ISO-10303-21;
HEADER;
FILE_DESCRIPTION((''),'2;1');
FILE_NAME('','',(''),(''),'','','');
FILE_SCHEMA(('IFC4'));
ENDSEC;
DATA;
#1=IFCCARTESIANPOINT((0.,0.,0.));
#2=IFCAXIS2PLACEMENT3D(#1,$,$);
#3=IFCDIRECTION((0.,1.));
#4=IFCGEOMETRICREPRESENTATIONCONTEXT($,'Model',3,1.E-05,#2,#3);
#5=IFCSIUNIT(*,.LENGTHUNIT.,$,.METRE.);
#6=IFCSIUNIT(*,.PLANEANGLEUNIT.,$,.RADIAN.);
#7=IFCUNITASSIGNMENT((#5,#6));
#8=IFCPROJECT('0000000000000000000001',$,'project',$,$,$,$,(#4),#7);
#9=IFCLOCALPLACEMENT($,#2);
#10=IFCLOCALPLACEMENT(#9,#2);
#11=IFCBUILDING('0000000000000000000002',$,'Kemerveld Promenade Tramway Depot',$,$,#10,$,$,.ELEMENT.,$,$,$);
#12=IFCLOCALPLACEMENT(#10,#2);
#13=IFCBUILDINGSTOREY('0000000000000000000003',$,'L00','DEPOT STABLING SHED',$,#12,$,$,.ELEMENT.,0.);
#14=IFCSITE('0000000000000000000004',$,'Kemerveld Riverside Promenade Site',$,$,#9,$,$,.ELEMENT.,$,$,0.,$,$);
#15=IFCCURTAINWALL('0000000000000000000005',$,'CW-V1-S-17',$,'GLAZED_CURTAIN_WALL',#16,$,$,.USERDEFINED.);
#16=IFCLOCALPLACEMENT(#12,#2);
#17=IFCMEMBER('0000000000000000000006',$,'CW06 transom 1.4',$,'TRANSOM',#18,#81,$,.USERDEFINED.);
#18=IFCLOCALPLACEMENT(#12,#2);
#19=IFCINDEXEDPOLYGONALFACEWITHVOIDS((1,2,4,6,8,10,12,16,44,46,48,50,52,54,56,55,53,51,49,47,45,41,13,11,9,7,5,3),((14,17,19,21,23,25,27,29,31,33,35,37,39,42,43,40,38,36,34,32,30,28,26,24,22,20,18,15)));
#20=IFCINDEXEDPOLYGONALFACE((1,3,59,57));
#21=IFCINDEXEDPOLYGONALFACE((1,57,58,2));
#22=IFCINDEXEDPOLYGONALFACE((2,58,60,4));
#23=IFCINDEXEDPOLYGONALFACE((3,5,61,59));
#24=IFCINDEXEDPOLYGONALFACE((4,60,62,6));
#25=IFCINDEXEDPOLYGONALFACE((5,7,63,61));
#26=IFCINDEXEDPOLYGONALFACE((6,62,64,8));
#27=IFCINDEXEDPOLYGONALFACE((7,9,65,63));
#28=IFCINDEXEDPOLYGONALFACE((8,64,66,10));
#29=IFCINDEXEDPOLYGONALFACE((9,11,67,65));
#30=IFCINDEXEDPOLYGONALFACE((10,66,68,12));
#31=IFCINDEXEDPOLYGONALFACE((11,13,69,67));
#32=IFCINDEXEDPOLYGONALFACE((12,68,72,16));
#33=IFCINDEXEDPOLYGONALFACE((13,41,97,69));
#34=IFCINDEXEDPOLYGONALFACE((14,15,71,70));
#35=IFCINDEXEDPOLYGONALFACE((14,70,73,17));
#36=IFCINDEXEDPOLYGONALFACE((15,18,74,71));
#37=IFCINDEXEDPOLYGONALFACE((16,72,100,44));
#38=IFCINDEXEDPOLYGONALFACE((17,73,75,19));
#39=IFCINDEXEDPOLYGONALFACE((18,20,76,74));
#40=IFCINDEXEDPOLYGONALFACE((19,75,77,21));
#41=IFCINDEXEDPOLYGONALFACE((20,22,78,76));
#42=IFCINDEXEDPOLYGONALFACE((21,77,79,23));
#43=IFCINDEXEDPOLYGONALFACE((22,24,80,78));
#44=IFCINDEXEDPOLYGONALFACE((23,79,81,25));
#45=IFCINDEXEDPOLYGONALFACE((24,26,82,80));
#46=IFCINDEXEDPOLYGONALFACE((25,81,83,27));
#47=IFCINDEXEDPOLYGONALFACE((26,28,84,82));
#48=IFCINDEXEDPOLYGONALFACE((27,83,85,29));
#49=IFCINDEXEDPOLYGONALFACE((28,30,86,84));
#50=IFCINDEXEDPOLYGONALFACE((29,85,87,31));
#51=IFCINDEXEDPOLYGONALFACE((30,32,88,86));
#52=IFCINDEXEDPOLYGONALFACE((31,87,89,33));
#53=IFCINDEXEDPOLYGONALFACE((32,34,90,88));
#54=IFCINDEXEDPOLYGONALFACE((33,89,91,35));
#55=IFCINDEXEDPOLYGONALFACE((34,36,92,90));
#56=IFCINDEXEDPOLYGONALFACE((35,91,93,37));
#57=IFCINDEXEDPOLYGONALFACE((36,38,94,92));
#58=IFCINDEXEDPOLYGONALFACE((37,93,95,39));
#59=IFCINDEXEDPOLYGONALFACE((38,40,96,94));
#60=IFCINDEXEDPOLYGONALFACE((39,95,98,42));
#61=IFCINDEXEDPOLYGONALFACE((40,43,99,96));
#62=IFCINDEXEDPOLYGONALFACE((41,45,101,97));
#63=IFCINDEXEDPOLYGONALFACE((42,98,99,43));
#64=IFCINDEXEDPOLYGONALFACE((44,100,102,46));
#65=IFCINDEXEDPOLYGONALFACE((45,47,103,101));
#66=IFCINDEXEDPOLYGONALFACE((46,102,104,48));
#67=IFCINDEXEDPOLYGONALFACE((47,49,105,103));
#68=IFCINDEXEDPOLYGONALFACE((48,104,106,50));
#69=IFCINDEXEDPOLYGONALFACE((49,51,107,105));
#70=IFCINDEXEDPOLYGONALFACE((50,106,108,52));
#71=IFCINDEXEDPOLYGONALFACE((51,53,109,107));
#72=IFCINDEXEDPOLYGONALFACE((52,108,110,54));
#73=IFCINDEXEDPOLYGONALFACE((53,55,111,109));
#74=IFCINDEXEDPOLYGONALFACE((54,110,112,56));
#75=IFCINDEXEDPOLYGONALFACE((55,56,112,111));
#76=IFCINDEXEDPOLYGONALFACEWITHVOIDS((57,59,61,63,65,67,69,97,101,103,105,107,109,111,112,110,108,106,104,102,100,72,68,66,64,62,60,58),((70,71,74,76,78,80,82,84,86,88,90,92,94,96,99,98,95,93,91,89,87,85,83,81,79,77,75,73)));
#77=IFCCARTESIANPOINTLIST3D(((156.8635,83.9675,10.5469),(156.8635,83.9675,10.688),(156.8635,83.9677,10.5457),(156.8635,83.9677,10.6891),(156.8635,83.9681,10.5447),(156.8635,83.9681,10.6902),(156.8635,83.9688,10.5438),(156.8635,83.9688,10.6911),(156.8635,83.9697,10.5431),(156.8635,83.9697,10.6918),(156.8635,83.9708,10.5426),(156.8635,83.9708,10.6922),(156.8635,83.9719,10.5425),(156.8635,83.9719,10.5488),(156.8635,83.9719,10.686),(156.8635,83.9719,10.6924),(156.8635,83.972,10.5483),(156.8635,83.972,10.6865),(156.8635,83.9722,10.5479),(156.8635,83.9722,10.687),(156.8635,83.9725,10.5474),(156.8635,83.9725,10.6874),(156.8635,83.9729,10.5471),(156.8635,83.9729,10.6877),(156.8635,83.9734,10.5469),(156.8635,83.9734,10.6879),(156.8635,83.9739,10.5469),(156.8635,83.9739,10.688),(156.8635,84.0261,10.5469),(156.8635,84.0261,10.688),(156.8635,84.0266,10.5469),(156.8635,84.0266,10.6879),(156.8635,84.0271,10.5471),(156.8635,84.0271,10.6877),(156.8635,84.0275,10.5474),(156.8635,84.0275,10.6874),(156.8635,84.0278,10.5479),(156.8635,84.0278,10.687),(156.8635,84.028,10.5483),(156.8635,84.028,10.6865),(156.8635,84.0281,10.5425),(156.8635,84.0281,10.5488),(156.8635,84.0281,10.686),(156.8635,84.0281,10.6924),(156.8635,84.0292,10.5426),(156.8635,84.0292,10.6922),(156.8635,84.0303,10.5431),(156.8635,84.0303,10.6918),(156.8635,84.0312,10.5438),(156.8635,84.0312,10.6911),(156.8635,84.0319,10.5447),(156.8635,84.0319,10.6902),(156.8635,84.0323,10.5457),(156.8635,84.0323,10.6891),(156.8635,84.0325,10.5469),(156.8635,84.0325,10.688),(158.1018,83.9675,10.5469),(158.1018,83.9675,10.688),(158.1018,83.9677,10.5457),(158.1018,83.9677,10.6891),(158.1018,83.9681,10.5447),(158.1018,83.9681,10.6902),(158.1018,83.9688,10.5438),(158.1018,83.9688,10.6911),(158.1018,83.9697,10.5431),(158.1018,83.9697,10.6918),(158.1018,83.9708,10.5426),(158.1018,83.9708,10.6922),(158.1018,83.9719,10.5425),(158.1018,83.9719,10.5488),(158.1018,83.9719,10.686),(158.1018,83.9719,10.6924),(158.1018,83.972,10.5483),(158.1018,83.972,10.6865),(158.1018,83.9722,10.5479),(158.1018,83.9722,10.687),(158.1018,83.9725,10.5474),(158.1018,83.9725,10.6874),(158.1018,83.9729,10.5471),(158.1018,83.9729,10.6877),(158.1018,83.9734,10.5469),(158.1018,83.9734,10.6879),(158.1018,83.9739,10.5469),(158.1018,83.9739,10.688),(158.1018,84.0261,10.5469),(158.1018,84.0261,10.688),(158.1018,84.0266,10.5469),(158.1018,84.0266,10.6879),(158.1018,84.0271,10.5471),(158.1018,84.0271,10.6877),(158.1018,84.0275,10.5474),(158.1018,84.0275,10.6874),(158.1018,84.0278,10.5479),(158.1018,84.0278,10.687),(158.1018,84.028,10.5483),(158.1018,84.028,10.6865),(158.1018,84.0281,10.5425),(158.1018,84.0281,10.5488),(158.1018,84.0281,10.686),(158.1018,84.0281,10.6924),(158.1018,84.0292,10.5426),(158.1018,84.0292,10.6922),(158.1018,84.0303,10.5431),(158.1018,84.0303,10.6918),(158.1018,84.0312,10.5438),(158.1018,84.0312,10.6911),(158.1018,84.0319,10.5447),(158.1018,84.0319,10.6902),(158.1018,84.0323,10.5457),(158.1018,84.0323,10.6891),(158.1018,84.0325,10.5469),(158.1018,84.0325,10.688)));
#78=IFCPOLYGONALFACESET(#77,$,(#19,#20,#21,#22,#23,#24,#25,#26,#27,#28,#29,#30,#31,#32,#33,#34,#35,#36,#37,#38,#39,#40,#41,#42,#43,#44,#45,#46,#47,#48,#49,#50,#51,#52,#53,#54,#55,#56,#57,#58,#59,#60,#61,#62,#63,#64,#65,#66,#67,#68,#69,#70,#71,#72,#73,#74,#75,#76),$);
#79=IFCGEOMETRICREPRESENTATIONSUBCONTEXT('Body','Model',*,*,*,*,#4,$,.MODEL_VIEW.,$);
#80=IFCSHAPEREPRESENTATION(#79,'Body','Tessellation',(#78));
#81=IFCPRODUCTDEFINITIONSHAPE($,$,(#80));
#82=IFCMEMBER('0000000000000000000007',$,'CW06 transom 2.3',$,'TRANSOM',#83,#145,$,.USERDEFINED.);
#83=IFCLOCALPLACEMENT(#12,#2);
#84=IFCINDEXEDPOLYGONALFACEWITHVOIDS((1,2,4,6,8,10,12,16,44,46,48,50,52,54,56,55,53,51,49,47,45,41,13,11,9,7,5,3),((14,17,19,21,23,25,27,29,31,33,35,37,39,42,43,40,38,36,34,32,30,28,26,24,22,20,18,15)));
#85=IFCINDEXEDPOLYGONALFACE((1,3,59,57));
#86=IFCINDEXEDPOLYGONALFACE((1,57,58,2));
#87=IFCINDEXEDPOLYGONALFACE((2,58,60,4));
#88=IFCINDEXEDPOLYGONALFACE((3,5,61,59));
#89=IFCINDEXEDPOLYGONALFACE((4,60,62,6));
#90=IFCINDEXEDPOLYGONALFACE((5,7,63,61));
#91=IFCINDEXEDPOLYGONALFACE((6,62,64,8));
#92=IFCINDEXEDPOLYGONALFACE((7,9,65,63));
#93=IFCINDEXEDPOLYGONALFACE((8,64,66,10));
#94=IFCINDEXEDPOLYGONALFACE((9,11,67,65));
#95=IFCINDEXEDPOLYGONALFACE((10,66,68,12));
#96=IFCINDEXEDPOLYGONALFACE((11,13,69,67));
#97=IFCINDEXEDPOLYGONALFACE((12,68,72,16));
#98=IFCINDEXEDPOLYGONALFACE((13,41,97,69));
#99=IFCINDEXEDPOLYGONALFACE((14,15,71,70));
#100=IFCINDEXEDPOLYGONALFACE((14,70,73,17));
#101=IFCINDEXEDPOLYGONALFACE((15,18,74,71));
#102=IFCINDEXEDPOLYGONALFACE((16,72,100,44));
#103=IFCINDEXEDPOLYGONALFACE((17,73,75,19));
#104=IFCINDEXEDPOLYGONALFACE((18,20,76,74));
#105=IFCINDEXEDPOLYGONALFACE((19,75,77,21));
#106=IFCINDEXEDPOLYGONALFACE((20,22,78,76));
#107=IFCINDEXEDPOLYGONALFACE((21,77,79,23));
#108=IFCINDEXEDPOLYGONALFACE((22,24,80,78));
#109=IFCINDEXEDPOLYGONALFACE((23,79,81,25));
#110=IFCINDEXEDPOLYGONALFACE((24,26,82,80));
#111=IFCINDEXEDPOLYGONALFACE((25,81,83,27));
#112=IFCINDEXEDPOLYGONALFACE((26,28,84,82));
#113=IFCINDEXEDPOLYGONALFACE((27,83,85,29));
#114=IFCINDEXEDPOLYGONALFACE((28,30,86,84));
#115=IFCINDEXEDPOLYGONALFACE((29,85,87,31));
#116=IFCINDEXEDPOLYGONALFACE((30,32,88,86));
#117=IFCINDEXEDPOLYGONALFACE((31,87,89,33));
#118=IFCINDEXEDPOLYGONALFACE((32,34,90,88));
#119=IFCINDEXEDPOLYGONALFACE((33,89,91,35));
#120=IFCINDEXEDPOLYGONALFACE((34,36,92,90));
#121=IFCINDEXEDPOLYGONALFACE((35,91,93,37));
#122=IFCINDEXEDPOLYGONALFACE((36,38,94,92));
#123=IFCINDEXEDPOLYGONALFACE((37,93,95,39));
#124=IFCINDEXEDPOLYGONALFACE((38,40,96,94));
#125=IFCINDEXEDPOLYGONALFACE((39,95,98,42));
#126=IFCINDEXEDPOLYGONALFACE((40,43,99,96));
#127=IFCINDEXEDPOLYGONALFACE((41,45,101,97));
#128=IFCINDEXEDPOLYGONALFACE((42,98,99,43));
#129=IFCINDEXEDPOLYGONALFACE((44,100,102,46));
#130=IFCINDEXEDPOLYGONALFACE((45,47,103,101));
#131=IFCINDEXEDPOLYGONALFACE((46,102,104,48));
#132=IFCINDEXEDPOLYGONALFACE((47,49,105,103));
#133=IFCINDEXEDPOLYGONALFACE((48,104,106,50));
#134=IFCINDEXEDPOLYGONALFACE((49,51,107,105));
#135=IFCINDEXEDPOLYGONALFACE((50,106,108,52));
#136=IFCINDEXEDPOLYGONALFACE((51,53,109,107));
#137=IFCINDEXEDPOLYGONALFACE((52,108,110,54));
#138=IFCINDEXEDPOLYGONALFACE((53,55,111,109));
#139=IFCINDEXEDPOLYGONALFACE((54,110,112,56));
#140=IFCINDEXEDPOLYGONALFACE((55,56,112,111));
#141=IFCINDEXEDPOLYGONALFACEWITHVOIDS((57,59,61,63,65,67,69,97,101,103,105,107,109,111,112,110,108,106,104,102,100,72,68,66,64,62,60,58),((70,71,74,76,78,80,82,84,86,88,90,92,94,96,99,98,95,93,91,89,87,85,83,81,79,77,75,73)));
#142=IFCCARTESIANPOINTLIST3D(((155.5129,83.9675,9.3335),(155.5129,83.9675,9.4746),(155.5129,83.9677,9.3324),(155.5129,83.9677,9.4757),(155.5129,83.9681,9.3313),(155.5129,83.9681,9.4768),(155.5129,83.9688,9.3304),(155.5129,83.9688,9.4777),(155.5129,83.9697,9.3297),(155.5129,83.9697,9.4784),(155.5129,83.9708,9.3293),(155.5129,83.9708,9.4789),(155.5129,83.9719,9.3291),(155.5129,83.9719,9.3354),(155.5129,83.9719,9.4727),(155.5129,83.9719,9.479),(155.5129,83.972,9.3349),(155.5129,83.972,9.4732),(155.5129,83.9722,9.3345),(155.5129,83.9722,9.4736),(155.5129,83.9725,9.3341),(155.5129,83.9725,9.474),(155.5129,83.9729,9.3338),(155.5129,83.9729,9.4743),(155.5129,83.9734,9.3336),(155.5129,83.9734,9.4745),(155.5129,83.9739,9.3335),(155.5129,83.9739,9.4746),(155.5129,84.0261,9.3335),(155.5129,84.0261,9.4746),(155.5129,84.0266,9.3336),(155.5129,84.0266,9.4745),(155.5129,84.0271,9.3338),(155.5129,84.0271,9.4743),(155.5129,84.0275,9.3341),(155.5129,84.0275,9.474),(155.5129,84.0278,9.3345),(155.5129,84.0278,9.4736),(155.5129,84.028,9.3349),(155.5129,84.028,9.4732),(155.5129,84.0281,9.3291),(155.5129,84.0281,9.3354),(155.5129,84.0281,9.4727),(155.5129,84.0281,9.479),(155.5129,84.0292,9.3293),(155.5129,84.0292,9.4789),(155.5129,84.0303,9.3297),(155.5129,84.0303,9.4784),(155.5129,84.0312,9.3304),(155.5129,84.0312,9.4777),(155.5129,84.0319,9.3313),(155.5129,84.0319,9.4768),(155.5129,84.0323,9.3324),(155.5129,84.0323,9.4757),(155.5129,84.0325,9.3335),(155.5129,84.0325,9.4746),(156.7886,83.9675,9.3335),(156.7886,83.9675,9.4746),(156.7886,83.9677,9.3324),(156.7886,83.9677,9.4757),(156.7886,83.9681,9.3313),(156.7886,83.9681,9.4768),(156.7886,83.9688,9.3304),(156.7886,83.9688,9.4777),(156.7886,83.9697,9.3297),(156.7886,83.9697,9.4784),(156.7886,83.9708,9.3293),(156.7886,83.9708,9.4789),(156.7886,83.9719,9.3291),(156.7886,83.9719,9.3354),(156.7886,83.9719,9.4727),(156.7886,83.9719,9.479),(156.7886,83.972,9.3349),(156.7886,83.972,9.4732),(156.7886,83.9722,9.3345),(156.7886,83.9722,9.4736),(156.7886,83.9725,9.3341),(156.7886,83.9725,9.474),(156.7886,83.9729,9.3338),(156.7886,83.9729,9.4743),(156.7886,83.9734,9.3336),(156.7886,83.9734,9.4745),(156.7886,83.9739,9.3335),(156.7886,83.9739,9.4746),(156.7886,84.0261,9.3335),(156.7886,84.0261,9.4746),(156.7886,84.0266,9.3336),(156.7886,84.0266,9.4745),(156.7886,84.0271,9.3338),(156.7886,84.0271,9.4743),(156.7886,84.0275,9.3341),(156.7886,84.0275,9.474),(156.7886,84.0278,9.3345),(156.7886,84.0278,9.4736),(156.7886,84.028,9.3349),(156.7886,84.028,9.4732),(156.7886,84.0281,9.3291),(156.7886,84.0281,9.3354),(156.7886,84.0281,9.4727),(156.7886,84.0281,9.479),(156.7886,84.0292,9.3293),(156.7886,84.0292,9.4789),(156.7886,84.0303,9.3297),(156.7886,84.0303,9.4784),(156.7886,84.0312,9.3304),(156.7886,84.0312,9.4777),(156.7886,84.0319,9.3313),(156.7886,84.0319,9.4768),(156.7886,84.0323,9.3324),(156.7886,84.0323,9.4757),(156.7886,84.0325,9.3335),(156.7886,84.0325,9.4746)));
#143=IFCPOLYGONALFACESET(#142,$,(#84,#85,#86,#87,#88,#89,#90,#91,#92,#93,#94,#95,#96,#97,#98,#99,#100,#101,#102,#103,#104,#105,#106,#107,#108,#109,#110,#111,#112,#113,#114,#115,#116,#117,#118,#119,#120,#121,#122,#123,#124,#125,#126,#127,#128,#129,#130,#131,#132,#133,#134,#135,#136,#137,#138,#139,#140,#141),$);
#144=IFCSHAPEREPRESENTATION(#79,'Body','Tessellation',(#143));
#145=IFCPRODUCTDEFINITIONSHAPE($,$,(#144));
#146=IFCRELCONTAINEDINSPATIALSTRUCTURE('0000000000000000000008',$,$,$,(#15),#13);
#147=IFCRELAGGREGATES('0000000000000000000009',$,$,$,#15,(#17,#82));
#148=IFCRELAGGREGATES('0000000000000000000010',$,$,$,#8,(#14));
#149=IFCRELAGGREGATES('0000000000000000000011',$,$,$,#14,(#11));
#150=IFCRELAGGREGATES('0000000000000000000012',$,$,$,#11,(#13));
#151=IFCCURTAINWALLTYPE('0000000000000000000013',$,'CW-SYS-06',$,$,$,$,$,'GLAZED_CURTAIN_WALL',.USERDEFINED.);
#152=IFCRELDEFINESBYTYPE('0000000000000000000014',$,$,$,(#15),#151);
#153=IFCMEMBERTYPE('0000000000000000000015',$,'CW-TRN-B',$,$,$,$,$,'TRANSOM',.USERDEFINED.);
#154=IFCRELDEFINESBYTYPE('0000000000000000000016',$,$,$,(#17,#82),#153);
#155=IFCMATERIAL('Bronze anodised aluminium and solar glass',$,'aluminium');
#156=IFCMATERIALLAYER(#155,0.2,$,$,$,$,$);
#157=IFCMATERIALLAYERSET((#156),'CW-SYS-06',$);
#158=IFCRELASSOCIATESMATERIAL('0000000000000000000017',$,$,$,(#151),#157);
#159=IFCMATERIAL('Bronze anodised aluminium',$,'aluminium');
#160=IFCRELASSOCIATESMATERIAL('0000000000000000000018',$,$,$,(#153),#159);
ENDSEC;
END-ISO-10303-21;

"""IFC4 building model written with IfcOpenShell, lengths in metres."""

from ifc_helpers import new_model, si_unit, direction, frame, origin, origin_2d, place, context, subcontext, project, spatial, hollow_rectangle, extrude, material, layer, layer_set, material_profile, profile_set, type_object, element, aggregate, save


model = new_model("IFC4")

# Units and contexts
model_context = context("Model", 3, precision=1e-05, world=origin(), true_north=direction((0.0, 1.0)))
body_context = subcontext(model_context, "Body", "Model", "MODEL_VIEW")
ifc_project = project(units=[si_unit("LENGTHUNIT", "METRE"), si_unit("PLANEANGLEUNIT", "RADIAN")], contexts=[model_context])

# Site, building, storey
site_placement = place(None, origin())
site = spatial("IfcSite", under=ifc_project, at=site_placement, Name="Kemerveld Riverside Promenade Site", CompositionType="ELEMENT", RefElevation=0.0)
building_placement = place(site_placement, origin())
building = spatial("IfcBuilding", under=site, at=building_placement, Name="Kemerveld Promenade Tramway Depot", CompositionType="ELEMENT")
storey_placement = place(building_placement, origin())
storey = spatial("IfcBuildingStorey", under=building, at=storey_placement, Name="L00", Description="DEPOT STABLING SHED", CompositionType="ELEMENT", Elevation=0.0)

# Curtain wall, members
ifc_material_1 = material(Name="Bronze anodised aluminium and solar glass", Category="aluminium")
ifc_material_2 = material(Name="Bronze anodised aluminium", Category="aluminium")
ifc_layer_1 = layer(ifc_material_1, 0.2)
ifc_layer_set_1 = layer_set([ifc_layer_1], Name="CW-SYS-06")
curtain_wall_type_1 = type_object("IfcCurtainWallType", Name="CW-SYS-06", ElementType="GLAZED_CURTAIN_WALL", PredefinedType="USERDEFINED", material=ifc_layer_set_1)
curtain_wall_1_placement = place(storey_placement, origin())
curtain_wall_1 = element("IfcCurtainWall", 1, at=curtain_wall_1_placement, inside=storey, type_object=curtain_wall_type_1, Name="CW-V1-S-17", ObjectType="GLAZED_CURTAIN_WALL", PredefinedType="USERDEFINED")
ifc_material_profile_1 = material_profile(ifc_material_2, hollow_rectangle(XDim=0.0649, YDim=0.1499, WallThickness=0.0044, InnerFilletRadius=0.002, OuterFilletRadius=0.0044, at=origin_2d()), Name="CW-TRN-150x65")
ifc_profile_set_1 = profile_set([ifc_material_profile_1], Name="Bronze anodised aluminium")
member_type_1 = type_object("IfcMemberType", Name="CW-TRN-B", ElementType="TRANSOM", PredefinedType="USERDEFINED", material=ifc_profile_set_1)
member_1_placement = place(storey_placement, frame((158.1018, 84.0, 10.6174), z_axis=(-1.0, 0.0, 0.0), x_axis=(0.0, -1.0, 0.0)))
member_1 = element("IfcMember", 2, at=member_1_placement, type_object=member_type_1, Name="CW06 transom 1.4", ObjectType="TRANSOM", PredefinedType="USERDEFINED", context=body_context, shape_type="SweptSolid", body=[
    extrude(hollow_rectangle(XDim=0.0649, YDim=0.1499, WallThickness=0.0044, InnerFilletRadius=0.002, OuterFilletRadius=0.0044, at=origin_2d()), origin(), (0.0, 0.0, 1.0), 1.2383),
])
member_2_placement = place(storey_placement, frame((156.7886, 84.0, 9.4041), z_axis=(-1.0, 0.0, 0.0), x_axis=(0.0, -1.0, 0.0)))
member_2 = element("IfcMember", 3, at=member_2_placement, type_object=member_type_1, Name="CW06 transom 2.3", ObjectType="TRANSOM", PredefinedType="USERDEFINED", context=body_context, shape_type="SweptSolid", body=[
    extrude(hollow_rectangle(XDim=0.0649, YDim=0.1499, WallThickness=0.0044, InnerFilletRadius=0.002, OuterFilletRadius=0.0044, at=origin_2d()), origin(), (0.0, 0.0, 1.0), 1.2756),
])

aggregate(curtain_wall_1, [member_1, member_2])

save(model, "model.ifc")
